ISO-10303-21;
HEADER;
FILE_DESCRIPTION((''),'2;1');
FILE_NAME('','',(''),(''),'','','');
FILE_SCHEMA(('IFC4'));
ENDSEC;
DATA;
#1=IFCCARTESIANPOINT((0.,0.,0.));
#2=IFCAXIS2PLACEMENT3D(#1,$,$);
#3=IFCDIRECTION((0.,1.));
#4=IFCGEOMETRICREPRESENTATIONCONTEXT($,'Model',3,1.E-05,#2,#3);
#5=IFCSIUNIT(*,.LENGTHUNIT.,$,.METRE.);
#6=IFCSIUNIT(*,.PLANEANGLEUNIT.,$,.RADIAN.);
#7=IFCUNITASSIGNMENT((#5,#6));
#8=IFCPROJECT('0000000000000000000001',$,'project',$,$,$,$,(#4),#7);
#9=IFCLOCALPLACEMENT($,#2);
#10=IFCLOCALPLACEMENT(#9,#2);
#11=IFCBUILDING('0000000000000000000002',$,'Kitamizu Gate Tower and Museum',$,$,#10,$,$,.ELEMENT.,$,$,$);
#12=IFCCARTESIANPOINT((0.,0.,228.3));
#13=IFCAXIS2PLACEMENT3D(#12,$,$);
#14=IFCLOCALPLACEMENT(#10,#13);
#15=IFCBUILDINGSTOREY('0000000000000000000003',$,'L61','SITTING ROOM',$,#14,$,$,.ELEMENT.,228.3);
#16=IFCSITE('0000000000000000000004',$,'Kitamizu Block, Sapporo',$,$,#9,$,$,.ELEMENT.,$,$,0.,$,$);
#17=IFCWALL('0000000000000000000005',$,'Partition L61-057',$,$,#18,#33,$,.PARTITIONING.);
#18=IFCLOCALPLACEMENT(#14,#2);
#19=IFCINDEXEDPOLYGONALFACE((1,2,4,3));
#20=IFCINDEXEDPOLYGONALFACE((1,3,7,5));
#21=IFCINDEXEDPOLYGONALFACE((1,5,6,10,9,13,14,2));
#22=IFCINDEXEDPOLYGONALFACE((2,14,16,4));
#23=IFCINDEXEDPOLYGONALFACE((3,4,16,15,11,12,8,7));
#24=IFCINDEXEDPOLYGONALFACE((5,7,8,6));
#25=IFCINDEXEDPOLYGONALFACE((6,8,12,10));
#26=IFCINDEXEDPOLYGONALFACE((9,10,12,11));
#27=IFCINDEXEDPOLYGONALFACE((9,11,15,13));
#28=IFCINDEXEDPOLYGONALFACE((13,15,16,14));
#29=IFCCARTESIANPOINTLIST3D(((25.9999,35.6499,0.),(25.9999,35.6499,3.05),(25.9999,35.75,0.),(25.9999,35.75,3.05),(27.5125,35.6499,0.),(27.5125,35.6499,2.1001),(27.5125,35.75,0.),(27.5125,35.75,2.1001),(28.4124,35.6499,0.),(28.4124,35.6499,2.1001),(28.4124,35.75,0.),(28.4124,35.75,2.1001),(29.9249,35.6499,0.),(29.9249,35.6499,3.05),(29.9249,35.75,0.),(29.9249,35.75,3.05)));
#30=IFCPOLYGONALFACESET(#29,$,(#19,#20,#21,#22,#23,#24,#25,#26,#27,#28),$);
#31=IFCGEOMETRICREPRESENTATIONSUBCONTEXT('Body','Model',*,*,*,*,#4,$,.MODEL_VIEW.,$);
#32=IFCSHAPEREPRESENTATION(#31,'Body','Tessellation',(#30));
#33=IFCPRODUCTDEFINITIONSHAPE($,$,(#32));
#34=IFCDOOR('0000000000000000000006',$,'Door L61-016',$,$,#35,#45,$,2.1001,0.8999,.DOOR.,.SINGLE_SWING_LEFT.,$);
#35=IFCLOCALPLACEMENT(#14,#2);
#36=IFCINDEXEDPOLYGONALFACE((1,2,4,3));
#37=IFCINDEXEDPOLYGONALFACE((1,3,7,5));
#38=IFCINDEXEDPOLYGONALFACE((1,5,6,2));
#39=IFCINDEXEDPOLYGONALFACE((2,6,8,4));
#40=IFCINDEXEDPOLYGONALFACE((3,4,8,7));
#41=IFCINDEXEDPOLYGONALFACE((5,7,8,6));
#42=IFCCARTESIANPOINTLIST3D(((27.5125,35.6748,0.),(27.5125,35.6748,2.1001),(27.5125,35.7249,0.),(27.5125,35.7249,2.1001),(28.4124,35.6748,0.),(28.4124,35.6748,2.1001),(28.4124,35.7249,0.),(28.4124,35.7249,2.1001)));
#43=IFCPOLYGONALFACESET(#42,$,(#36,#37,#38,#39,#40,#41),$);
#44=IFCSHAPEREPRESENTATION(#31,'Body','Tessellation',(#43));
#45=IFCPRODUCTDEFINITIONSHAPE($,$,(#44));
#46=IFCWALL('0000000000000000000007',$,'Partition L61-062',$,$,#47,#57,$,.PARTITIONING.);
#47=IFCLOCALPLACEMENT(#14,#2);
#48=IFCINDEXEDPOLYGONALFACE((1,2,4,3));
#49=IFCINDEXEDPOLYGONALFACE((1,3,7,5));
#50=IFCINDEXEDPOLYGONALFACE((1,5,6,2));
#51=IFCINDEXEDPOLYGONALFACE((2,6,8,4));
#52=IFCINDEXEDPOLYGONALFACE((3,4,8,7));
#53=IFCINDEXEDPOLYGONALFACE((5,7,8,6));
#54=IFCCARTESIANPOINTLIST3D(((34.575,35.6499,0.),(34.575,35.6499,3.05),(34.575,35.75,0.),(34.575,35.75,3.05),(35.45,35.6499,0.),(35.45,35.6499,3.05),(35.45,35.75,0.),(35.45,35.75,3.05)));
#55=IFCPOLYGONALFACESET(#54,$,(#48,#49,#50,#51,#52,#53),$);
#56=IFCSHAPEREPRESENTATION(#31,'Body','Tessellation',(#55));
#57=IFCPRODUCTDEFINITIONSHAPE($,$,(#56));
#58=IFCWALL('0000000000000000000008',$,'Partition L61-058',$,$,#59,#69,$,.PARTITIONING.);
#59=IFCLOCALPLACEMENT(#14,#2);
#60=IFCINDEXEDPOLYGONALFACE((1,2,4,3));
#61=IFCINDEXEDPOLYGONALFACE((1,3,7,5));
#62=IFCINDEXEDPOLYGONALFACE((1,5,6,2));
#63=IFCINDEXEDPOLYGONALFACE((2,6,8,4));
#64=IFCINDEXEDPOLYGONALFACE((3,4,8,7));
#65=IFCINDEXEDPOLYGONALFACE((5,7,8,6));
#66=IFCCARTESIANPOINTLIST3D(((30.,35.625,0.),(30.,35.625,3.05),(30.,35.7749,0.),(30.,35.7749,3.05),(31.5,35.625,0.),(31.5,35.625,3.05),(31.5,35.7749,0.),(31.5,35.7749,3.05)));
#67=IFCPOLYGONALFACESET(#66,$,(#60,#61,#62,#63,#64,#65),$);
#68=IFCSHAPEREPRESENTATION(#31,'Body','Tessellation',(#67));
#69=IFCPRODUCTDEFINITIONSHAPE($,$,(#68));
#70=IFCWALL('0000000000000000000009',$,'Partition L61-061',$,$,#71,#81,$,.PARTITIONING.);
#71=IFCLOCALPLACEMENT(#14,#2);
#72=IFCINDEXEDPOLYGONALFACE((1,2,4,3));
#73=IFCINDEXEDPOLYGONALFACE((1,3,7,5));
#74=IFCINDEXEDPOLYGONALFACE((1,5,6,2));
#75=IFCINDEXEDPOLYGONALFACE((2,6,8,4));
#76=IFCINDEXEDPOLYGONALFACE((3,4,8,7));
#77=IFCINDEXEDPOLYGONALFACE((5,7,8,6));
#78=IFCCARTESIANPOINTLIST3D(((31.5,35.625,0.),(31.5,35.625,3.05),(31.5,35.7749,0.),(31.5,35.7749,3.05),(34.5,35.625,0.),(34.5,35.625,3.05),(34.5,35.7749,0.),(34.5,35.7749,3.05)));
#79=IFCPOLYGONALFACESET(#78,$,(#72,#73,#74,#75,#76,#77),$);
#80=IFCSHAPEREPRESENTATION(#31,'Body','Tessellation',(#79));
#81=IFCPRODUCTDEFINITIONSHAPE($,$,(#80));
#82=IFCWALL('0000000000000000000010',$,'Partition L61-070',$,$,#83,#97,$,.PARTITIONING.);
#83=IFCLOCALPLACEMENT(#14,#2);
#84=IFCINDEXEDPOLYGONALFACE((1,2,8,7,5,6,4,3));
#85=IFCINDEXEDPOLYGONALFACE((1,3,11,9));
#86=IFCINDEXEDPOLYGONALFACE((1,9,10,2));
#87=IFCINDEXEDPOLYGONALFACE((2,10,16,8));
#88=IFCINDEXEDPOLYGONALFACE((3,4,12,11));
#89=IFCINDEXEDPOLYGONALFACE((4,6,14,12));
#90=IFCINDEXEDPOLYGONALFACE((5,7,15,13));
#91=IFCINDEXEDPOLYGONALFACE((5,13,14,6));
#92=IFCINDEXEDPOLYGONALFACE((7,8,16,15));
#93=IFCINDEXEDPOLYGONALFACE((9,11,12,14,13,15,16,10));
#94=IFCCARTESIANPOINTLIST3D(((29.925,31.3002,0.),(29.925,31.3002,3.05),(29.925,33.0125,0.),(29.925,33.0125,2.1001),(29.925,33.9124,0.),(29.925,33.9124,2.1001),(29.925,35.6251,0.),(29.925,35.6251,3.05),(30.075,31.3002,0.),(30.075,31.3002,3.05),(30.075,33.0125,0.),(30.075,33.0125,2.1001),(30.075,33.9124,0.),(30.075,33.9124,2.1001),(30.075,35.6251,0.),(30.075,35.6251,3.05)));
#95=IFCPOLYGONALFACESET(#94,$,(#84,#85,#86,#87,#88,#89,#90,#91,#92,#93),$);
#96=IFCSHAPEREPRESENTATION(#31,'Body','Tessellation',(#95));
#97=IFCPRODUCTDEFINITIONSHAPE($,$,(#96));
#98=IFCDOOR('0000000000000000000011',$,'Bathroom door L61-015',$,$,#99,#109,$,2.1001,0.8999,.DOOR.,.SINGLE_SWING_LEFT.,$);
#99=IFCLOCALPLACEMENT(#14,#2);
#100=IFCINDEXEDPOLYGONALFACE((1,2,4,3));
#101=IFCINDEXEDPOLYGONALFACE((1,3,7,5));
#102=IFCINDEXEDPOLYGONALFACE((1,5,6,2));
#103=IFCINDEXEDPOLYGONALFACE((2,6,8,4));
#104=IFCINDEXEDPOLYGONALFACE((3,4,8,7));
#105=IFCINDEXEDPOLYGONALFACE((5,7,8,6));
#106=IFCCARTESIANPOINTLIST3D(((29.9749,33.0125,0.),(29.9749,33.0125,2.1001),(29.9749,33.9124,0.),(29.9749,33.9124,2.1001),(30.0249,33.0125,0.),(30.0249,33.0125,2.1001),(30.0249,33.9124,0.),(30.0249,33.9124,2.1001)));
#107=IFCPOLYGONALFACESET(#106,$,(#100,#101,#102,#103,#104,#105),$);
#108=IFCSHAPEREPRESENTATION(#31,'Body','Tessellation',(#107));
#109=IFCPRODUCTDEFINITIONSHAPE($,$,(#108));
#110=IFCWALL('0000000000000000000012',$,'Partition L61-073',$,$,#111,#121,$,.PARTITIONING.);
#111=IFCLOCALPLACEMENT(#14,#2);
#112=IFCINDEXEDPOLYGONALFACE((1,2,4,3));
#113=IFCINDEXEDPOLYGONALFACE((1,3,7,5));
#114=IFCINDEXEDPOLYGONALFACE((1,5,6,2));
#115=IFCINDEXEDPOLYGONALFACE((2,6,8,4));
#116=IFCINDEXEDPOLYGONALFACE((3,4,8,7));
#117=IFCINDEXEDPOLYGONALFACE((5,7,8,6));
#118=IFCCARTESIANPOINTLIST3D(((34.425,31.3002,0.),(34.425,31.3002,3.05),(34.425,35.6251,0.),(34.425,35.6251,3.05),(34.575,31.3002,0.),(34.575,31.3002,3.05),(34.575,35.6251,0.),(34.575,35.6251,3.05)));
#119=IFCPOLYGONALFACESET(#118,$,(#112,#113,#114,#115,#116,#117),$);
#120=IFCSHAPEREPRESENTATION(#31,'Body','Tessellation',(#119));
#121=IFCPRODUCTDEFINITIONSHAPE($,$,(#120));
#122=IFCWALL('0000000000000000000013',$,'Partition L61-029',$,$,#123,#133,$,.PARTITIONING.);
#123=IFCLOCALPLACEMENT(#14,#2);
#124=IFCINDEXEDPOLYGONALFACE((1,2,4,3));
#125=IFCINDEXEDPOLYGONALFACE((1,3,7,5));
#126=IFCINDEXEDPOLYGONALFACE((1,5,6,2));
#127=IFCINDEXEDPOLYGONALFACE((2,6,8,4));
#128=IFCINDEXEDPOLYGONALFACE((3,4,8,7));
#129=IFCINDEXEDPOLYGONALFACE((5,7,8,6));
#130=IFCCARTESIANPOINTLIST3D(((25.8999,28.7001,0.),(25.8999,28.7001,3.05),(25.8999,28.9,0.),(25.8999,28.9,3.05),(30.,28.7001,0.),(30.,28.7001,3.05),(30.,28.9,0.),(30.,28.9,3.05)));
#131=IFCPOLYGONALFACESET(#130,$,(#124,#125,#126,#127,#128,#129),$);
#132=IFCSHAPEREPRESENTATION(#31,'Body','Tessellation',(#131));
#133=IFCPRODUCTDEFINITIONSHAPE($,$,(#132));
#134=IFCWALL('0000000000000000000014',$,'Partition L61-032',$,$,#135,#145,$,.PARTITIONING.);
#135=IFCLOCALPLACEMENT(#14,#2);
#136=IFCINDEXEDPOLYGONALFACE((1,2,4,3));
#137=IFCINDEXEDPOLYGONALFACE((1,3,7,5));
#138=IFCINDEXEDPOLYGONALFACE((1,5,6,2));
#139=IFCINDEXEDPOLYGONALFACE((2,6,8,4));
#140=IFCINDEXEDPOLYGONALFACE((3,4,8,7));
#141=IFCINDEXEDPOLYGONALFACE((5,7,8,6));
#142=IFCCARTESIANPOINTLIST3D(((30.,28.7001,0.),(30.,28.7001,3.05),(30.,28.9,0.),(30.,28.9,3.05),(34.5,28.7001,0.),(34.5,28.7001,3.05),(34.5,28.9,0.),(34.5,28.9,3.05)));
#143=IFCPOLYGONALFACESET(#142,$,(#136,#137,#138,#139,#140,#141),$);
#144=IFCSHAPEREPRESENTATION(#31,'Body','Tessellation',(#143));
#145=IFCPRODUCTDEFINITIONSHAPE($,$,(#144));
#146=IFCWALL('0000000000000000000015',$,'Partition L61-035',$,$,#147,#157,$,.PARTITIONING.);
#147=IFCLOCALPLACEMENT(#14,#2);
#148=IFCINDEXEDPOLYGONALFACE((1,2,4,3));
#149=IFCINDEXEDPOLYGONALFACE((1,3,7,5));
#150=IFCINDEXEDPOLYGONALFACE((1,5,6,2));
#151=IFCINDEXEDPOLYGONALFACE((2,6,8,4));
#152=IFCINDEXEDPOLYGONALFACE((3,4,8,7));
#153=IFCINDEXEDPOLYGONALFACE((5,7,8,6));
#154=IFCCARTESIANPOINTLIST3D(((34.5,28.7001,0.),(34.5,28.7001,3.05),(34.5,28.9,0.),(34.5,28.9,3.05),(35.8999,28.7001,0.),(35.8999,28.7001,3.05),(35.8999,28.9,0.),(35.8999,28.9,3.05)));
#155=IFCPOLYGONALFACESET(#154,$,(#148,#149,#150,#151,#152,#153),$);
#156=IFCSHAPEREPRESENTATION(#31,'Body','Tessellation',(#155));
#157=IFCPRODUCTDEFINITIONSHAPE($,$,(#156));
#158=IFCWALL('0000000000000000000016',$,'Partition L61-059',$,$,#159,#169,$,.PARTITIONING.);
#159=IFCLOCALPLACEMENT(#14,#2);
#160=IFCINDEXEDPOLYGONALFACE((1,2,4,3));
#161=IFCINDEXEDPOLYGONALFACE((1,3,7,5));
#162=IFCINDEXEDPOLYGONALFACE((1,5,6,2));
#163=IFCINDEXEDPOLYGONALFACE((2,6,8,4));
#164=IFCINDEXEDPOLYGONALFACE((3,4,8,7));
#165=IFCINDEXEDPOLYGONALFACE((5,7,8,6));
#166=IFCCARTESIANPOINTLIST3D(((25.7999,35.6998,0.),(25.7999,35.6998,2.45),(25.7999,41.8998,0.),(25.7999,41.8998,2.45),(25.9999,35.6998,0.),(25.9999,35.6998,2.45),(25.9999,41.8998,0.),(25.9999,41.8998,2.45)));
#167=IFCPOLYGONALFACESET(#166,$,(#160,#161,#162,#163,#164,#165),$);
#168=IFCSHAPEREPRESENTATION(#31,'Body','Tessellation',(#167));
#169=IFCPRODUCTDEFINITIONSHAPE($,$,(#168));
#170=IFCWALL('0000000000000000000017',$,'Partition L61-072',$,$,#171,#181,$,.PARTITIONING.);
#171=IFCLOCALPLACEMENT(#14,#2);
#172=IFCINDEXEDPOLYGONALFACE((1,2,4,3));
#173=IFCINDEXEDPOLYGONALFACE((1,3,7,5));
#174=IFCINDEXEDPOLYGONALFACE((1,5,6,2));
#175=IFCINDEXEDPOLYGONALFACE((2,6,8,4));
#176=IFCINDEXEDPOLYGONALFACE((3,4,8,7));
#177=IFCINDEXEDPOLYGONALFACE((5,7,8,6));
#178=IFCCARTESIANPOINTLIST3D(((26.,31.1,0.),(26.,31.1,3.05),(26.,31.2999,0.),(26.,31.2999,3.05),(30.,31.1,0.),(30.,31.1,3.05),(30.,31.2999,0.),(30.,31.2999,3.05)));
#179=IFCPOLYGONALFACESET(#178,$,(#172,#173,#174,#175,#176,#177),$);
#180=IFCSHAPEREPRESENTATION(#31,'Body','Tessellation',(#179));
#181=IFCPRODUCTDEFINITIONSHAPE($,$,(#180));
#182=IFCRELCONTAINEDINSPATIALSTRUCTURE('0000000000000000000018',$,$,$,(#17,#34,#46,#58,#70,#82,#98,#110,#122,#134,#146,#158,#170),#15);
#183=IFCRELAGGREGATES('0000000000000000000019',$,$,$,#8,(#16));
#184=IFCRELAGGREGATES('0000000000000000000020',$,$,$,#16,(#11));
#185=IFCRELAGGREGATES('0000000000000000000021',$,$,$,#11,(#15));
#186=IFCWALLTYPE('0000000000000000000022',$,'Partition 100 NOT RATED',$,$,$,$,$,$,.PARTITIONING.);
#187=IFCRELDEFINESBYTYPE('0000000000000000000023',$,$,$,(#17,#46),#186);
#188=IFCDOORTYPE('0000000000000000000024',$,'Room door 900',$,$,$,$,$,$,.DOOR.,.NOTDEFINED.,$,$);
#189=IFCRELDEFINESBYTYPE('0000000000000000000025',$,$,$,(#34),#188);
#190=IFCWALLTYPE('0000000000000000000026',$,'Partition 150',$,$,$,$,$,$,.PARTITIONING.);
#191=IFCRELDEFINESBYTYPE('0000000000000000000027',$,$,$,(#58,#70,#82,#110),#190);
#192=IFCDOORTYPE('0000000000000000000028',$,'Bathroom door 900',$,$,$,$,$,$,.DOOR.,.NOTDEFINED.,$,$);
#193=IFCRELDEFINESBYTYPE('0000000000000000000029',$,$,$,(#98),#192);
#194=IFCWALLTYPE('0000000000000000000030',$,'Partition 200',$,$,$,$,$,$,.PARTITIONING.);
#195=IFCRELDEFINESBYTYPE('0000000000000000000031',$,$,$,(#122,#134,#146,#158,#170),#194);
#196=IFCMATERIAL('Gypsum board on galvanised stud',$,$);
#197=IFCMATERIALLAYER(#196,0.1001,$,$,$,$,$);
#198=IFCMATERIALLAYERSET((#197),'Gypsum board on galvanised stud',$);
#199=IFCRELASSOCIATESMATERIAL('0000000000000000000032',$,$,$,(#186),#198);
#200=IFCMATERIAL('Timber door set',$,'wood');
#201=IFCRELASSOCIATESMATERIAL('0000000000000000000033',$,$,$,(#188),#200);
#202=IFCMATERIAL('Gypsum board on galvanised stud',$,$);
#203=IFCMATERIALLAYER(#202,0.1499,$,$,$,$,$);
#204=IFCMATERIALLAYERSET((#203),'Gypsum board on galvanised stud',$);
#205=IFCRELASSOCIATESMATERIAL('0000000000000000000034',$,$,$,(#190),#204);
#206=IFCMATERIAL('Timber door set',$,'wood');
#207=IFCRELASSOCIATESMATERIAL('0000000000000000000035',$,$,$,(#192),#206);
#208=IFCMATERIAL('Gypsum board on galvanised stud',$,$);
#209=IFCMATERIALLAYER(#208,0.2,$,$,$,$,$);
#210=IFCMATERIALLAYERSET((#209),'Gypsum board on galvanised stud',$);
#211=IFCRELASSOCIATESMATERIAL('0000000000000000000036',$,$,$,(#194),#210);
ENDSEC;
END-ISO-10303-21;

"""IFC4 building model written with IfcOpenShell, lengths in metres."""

from ifc_helpers import new_model, si_unit, direction, frame, frame_2d, origin, place, context, subcontext, project, spatial, rectangle, extrude, material, layer, layer_set, type_object, element, fill, save


model = new_model("IFC4")

# Units and contexts
model_context = context("Model", 3, precision=1e-05, world=origin(), true_north=direction((0.0, 1.0)))
body_context = subcontext(model_context, "Body", "Model", "MODEL_VIEW")
ifc_project = project(units=[si_unit("LENGTHUNIT", "METRE"), si_unit("PLANEANGLEUNIT", "RADIAN")], contexts=[model_context])

# Site, building, storey
site_placement = place(None, origin())
site = spatial("IfcSite", under=ifc_project, at=site_placement, Name="Kitamizu Block, Sapporo", CompositionType="ELEMENT", RefElevation=0.0)
building_placement = place(site_placement, origin())
building = spatial("IfcBuilding", under=site, at=building_placement, Name="Kitamizu Gate Tower and Museum", CompositionType="ELEMENT")
storey_placement = place(building_placement, frame((0.0, 0.0, 228.3)))
storey = spatial("IfcBuildingStorey", under=building, at=storey_placement, Name="L61", Description="SITTING ROOM", CompositionType="ELEMENT", Elevation=228.3)

# Shared definitions
ifc_material_1 = material(Name="Gypsum board on galvanised stud")
ifc_layer_1 = layer(ifc_material_1, 0.1001)
ifc_layer_set_1 = layer_set([ifc_layer_1], Name="Gypsum board on galvanised stud")
wall_type_1 = type_object("IfcWallType", Name="Partition 100 NOT RATED", PredefinedType="PARTITIONING", material=ifc_layer_set_1)
ifc_material_2 = material(Name="Timber door set", Category="wood")
door_type_1 = type_object("IfcDoorType", Name="Room door 900", OperationType="NOTDEFINED", PredefinedType="DOOR", material=ifc_material_2)

# Wall, opening, door
wall_1_placement = place(storey_placement, frame((26.0, 35.7, 0.0), z_axis=(0.0, 0.0, 1.0), x_axis=(1.0, 0.0, 0.0)))
wall_1 = element("IfcWall", 1, at=wall_1_placement, inside=storey, type_object=wall_type_1, Name="Partition L61-057", PredefinedType="PARTITIONING", context=body_context, shape_type="SweptSolid", body=[
    extrude(rectangle(XDim=3.925, YDim=0.1001, at=frame_2d((1.9624, 0.0))), origin(), (0.0, 0.0, 1.0), 3.05),
])
opening_1_placement = place(wall_1_placement, frame((1.5125, 0.0, 0.0)))
opening_1 = element("IfcOpeningElement", 2, at=opening_1_placement, cuts=wall_1, PredefinedType="OPENING", context=body_context, shape_type="SweptSolid", body=[
    extrude(rectangle(XDim=0.8999, YDim=2.1001, at=frame_2d((0.45, 1.05))), frame((0.0, 0.0601, 0.0), z_axis=(0.0, -1.0, 0.0), x_axis=(1.0, 0.0, 0.0)), (0.0, 0.0, 1.0), 0.1201),
])
door_1_placement = place(opening_1_placement, origin())
door_1 = element("IfcDoor", 3, at=door_1_placement, inside=storey, type_object=door_type_1, Name="Door L61-016", OperationType="SINGLE_SWING_LEFT", OverallHeight=2.1001, OverallWidth=0.8999, PredefinedType="DOOR", context=body_context, shape_type="SweptSolid", body=[
    extrude(rectangle(XDim=0.8999, YDim=2.1001, at=frame_2d((0.45, 1.05))), frame((0.0, 0.0249, 0.0), z_axis=(0.0, -1.0, 0.0), x_axis=(1.0, 0.0, 0.0)), (0.0, 0.0, 1.0), 0.05),
])
fill(opening_1, door_1)

# Walls
wall_2_placement = place(storey_placement, frame((34.575, 35.7, 0.0), z_axis=(0.0, 0.0, 1.0), x_axis=(1.0, 0.0, 0.0)))
element("IfcWall", 4, at=wall_2_placement, inside=storey, type_object=wall_type_1, Name="Partition L61-062", PredefinedType="PARTITIONING", context=body_context, shape_type="SweptSolid", body=[
    extrude(rectangle(XDim=0.875, YDim=0.1001, at=frame_2d((0.4375, 0.0))), origin(), (0.0, 0.0, 1.0), 3.05),
])
ifc_material_3 = material(Name="Gypsum board on galvanised stud")
ifc_layer_2 = layer(ifc_material_3, 0.1499)
ifc_layer_set_2 = layer_set([ifc_layer_2], Name="Gypsum board on galvanised stud")
wall_type_2 = type_object("IfcWallType", Name="Partition 150", PredefinedType="PARTITIONING", material=ifc_layer_set_2)
wall_3_placement = place(storey_placement, frame((30.0, 35.7, 0.0), z_axis=(0.0, 0.0, 1.0), x_axis=(1.0, 0.0, 0.0)))
element("IfcWall", 5, at=wall_3_placement, inside=storey, type_object=wall_type_2, Name="Partition L61-058", PredefinedType="PARTITIONING", context=body_context, shape_type="SweptSolid", body=[
    extrude(rectangle(XDim=1.5, YDim=0.1499, at=frame_2d((0.75, 0.0))), origin(), (0.0, 0.0, 1.0), 3.05),
])
wall_4_placement = place(storey_placement, frame((31.5, 35.7, 0.0), z_axis=(0.0, 0.0, 1.0), x_axis=(1.0, 0.0, 0.0)))
element("IfcWall", 6, at=wall_4_placement, inside=storey, type_object=wall_type_2, Name="Partition L61-061", PredefinedType="PARTITIONING", context=body_context, shape_type="SweptSolid", body=[
    extrude(rectangle(XDim=3.0, YDim=0.1499, at=frame_2d((1.5, 0.0))), origin(), (0.0, 0.0, 1.0), 3.05),
])

# Wall, opening, door
wall_5_placement = place(storey_placement, frame((30.0, 31.3, 0.0), z_axis=(0.0, 0.0, 1.0), x_axis=(0.0, 1.0, 0.0)))
wall_5 = element("IfcWall", 7, at=wall_5_placement, inside=storey, type_object=wall_type_2, Name="Partition L61-070", PredefinedType="PARTITIONING", context=body_context, shape_type="SweptSolid", body=[
    extrude(rectangle(XDim=4.325, YDim=0.1499, at=frame_2d((2.1626, 0.0))), origin(), (0.0, 0.0, 1.0), 3.05),
])
opening_2_placement = place(wall_5_placement, frame((1.7124, 0.0, 0.0)))
opening_2 = element("IfcOpeningElement", 8, at=opening_2_placement, cuts=wall_5, PredefinedType="OPENING", context=body_context, shape_type="SweptSolid", body=[
    extrude(rectangle(XDim=0.8999, YDim=2.1001, at=frame_2d((0.45, 1.05))), frame((0.0, 0.085, 0.0), z_axis=(0.0, -1.0, 0.0), x_axis=(1.0, 0.0, 0.0)), (0.0, 0.0, 1.0), 0.1699),
])
ifc_material_4 = material(Name="Timber door set", Category="wood")
door_type_2 = type_object("IfcDoorType", Name="Bathroom door 900", OperationType="NOTDEFINED", PredefinedType="DOOR", material=ifc_material_4)
door_2_placement = place(opening_2_placement, frame((0.8999, 0.0, 0.0), x_axis=(-1.0, 0.0, 0.0)))
door_2 = element("IfcDoor", 9, at=door_2_placement, inside=storey, type_object=door_type_2, Name="Bathroom door L61-015", OperationType="SINGLE_SWING_LEFT", OverallHeight=2.1001, OverallWidth=0.8999, PredefinedType="DOOR", context=body_context, shape_type="SweptSolid", body=[
    extrude(rectangle(XDim=0.8999, YDim=2.1001, at=frame_2d((0.45, 1.05))), frame((0.0, 0.0249, 0.0), z_axis=(0.0, -1.0, 0.0), x_axis=(1.0, 0.0, 0.0)), (0.0, 0.0, 1.0), 0.05),
])
fill(opening_2, door_2)

# Walls
wall_6_placement = place(storey_placement, frame((34.5, 31.3, 0.0), z_axis=(0.0, 0.0, 1.0), x_axis=(0.0, 1.0, 0.0)))
element("IfcWall", 10, at=wall_6_placement, inside=storey, type_object=wall_type_2, Name="Partition L61-073", PredefinedType="PARTITIONING", context=body_context, shape_type="SweptSolid", body=[
    extrude(rectangle(XDim=4.325, YDim=0.1499, at=frame_2d((2.1626, 0.0))), origin(), (0.0, 0.0, 1.0), 3.05),
])
ifc_material_5 = material(Name="Gypsum board on galvanised stud")
ifc_layer_3 = layer(ifc_material_5, 0.2)
ifc_layer_set_3 = layer_set([ifc_layer_3], Name="Gypsum board on galvanised stud")
wall_type_3 = type_object("IfcWallType", Name="Partition 200", PredefinedType="PARTITIONING", material=ifc_layer_set_3)
wall_7_placement = place(storey_placement, frame((30.0, 28.8, 0.0), z_axis=(0.0, 0.0, 1.0), x_axis=(-1.0, 0.0, 0.0)))
element("IfcWall", 11, at=wall_7_placement, inside=storey, type_object=wall_type_3, Name="Partition L61-029", PredefinedType="PARTITIONING", context=body_context, shape_type="SweptSolid", body=[
    extrude(rectangle(XDim=4.1001, YDim=0.2, at=frame_2d((2.05, 0.0))), origin(), (0.0, 0.0, 1.0), 3.05),
])
wall_8_placement = place(storey_placement, frame((34.5, 28.8, 0.0), z_axis=(0.0, 0.0, 1.0), x_axis=(-1.0, 0.0, 0.0)))
element("IfcWall", 12, at=wall_8_placement, inside=storey, type_object=wall_type_3, Name="Partition L61-032", PredefinedType="PARTITIONING", context=body_context, shape_type="SweptSolid", body=[
    extrude(rectangle(XDim=4.5, YDim=0.2, at=frame_2d((2.25, 0.0))), origin(), (0.0, 0.0, 1.0), 3.05),
])
wall_9_placement = place(storey_placement, frame((35.8999, 28.8, 0.0), z_axis=(0.0, 0.0, 1.0), x_axis=(-1.0, 0.0, 0.0)))
element("IfcWall", 13, at=wall_9_placement, inside=storey, type_object=wall_type_3, Name="Partition L61-035", PredefinedType="PARTITIONING", context=body_context, shape_type="SweptSolid", body=[
    extrude(rectangle(XDim=1.3999, YDim=0.2, at=frame_2d((0.7, 0.0))), origin(), (0.0, 0.0, 1.0), 3.05),
])
wall_10_placement = place(storey_placement, frame((25.8999, 41.8999, 0.0), z_axis=(0.0, 0.0, 1.0), x_axis=(0.0, -1.0, 0.0)))
element("IfcWall", 14, at=wall_10_placement, inside=storey, type_object=wall_type_3, Name="Partition L61-059", PredefinedType="PARTITIONING", context=body_context, shape_type="SweptSolid", body=[
    extrude(rectangle(XDim=6.2, YDim=0.2, at=frame_2d((3.1001, 0.0))), origin(), (0.0, 0.0, 1.0), 2.45),
])
wall_11_placement = place(storey_placement, frame((26.0, 31.2, 0.0), z_axis=(0.0, 0.0, 1.0), x_axis=(1.0, 0.0, 0.0)))
element("IfcWall", 15, at=wall_11_placement, inside=storey, type_object=wall_type_3, Name="Partition L61-072", PredefinedType="PARTITIONING", context=body_context, shape_type="SweptSolid", body=[
    extrude(rectangle(XDim=4.0, YDim=0.2, at=frame_2d((2.0, 0.0))), origin(), (0.0, 0.0, 1.0), 3.05),
])

save(model, "model.ifc")
